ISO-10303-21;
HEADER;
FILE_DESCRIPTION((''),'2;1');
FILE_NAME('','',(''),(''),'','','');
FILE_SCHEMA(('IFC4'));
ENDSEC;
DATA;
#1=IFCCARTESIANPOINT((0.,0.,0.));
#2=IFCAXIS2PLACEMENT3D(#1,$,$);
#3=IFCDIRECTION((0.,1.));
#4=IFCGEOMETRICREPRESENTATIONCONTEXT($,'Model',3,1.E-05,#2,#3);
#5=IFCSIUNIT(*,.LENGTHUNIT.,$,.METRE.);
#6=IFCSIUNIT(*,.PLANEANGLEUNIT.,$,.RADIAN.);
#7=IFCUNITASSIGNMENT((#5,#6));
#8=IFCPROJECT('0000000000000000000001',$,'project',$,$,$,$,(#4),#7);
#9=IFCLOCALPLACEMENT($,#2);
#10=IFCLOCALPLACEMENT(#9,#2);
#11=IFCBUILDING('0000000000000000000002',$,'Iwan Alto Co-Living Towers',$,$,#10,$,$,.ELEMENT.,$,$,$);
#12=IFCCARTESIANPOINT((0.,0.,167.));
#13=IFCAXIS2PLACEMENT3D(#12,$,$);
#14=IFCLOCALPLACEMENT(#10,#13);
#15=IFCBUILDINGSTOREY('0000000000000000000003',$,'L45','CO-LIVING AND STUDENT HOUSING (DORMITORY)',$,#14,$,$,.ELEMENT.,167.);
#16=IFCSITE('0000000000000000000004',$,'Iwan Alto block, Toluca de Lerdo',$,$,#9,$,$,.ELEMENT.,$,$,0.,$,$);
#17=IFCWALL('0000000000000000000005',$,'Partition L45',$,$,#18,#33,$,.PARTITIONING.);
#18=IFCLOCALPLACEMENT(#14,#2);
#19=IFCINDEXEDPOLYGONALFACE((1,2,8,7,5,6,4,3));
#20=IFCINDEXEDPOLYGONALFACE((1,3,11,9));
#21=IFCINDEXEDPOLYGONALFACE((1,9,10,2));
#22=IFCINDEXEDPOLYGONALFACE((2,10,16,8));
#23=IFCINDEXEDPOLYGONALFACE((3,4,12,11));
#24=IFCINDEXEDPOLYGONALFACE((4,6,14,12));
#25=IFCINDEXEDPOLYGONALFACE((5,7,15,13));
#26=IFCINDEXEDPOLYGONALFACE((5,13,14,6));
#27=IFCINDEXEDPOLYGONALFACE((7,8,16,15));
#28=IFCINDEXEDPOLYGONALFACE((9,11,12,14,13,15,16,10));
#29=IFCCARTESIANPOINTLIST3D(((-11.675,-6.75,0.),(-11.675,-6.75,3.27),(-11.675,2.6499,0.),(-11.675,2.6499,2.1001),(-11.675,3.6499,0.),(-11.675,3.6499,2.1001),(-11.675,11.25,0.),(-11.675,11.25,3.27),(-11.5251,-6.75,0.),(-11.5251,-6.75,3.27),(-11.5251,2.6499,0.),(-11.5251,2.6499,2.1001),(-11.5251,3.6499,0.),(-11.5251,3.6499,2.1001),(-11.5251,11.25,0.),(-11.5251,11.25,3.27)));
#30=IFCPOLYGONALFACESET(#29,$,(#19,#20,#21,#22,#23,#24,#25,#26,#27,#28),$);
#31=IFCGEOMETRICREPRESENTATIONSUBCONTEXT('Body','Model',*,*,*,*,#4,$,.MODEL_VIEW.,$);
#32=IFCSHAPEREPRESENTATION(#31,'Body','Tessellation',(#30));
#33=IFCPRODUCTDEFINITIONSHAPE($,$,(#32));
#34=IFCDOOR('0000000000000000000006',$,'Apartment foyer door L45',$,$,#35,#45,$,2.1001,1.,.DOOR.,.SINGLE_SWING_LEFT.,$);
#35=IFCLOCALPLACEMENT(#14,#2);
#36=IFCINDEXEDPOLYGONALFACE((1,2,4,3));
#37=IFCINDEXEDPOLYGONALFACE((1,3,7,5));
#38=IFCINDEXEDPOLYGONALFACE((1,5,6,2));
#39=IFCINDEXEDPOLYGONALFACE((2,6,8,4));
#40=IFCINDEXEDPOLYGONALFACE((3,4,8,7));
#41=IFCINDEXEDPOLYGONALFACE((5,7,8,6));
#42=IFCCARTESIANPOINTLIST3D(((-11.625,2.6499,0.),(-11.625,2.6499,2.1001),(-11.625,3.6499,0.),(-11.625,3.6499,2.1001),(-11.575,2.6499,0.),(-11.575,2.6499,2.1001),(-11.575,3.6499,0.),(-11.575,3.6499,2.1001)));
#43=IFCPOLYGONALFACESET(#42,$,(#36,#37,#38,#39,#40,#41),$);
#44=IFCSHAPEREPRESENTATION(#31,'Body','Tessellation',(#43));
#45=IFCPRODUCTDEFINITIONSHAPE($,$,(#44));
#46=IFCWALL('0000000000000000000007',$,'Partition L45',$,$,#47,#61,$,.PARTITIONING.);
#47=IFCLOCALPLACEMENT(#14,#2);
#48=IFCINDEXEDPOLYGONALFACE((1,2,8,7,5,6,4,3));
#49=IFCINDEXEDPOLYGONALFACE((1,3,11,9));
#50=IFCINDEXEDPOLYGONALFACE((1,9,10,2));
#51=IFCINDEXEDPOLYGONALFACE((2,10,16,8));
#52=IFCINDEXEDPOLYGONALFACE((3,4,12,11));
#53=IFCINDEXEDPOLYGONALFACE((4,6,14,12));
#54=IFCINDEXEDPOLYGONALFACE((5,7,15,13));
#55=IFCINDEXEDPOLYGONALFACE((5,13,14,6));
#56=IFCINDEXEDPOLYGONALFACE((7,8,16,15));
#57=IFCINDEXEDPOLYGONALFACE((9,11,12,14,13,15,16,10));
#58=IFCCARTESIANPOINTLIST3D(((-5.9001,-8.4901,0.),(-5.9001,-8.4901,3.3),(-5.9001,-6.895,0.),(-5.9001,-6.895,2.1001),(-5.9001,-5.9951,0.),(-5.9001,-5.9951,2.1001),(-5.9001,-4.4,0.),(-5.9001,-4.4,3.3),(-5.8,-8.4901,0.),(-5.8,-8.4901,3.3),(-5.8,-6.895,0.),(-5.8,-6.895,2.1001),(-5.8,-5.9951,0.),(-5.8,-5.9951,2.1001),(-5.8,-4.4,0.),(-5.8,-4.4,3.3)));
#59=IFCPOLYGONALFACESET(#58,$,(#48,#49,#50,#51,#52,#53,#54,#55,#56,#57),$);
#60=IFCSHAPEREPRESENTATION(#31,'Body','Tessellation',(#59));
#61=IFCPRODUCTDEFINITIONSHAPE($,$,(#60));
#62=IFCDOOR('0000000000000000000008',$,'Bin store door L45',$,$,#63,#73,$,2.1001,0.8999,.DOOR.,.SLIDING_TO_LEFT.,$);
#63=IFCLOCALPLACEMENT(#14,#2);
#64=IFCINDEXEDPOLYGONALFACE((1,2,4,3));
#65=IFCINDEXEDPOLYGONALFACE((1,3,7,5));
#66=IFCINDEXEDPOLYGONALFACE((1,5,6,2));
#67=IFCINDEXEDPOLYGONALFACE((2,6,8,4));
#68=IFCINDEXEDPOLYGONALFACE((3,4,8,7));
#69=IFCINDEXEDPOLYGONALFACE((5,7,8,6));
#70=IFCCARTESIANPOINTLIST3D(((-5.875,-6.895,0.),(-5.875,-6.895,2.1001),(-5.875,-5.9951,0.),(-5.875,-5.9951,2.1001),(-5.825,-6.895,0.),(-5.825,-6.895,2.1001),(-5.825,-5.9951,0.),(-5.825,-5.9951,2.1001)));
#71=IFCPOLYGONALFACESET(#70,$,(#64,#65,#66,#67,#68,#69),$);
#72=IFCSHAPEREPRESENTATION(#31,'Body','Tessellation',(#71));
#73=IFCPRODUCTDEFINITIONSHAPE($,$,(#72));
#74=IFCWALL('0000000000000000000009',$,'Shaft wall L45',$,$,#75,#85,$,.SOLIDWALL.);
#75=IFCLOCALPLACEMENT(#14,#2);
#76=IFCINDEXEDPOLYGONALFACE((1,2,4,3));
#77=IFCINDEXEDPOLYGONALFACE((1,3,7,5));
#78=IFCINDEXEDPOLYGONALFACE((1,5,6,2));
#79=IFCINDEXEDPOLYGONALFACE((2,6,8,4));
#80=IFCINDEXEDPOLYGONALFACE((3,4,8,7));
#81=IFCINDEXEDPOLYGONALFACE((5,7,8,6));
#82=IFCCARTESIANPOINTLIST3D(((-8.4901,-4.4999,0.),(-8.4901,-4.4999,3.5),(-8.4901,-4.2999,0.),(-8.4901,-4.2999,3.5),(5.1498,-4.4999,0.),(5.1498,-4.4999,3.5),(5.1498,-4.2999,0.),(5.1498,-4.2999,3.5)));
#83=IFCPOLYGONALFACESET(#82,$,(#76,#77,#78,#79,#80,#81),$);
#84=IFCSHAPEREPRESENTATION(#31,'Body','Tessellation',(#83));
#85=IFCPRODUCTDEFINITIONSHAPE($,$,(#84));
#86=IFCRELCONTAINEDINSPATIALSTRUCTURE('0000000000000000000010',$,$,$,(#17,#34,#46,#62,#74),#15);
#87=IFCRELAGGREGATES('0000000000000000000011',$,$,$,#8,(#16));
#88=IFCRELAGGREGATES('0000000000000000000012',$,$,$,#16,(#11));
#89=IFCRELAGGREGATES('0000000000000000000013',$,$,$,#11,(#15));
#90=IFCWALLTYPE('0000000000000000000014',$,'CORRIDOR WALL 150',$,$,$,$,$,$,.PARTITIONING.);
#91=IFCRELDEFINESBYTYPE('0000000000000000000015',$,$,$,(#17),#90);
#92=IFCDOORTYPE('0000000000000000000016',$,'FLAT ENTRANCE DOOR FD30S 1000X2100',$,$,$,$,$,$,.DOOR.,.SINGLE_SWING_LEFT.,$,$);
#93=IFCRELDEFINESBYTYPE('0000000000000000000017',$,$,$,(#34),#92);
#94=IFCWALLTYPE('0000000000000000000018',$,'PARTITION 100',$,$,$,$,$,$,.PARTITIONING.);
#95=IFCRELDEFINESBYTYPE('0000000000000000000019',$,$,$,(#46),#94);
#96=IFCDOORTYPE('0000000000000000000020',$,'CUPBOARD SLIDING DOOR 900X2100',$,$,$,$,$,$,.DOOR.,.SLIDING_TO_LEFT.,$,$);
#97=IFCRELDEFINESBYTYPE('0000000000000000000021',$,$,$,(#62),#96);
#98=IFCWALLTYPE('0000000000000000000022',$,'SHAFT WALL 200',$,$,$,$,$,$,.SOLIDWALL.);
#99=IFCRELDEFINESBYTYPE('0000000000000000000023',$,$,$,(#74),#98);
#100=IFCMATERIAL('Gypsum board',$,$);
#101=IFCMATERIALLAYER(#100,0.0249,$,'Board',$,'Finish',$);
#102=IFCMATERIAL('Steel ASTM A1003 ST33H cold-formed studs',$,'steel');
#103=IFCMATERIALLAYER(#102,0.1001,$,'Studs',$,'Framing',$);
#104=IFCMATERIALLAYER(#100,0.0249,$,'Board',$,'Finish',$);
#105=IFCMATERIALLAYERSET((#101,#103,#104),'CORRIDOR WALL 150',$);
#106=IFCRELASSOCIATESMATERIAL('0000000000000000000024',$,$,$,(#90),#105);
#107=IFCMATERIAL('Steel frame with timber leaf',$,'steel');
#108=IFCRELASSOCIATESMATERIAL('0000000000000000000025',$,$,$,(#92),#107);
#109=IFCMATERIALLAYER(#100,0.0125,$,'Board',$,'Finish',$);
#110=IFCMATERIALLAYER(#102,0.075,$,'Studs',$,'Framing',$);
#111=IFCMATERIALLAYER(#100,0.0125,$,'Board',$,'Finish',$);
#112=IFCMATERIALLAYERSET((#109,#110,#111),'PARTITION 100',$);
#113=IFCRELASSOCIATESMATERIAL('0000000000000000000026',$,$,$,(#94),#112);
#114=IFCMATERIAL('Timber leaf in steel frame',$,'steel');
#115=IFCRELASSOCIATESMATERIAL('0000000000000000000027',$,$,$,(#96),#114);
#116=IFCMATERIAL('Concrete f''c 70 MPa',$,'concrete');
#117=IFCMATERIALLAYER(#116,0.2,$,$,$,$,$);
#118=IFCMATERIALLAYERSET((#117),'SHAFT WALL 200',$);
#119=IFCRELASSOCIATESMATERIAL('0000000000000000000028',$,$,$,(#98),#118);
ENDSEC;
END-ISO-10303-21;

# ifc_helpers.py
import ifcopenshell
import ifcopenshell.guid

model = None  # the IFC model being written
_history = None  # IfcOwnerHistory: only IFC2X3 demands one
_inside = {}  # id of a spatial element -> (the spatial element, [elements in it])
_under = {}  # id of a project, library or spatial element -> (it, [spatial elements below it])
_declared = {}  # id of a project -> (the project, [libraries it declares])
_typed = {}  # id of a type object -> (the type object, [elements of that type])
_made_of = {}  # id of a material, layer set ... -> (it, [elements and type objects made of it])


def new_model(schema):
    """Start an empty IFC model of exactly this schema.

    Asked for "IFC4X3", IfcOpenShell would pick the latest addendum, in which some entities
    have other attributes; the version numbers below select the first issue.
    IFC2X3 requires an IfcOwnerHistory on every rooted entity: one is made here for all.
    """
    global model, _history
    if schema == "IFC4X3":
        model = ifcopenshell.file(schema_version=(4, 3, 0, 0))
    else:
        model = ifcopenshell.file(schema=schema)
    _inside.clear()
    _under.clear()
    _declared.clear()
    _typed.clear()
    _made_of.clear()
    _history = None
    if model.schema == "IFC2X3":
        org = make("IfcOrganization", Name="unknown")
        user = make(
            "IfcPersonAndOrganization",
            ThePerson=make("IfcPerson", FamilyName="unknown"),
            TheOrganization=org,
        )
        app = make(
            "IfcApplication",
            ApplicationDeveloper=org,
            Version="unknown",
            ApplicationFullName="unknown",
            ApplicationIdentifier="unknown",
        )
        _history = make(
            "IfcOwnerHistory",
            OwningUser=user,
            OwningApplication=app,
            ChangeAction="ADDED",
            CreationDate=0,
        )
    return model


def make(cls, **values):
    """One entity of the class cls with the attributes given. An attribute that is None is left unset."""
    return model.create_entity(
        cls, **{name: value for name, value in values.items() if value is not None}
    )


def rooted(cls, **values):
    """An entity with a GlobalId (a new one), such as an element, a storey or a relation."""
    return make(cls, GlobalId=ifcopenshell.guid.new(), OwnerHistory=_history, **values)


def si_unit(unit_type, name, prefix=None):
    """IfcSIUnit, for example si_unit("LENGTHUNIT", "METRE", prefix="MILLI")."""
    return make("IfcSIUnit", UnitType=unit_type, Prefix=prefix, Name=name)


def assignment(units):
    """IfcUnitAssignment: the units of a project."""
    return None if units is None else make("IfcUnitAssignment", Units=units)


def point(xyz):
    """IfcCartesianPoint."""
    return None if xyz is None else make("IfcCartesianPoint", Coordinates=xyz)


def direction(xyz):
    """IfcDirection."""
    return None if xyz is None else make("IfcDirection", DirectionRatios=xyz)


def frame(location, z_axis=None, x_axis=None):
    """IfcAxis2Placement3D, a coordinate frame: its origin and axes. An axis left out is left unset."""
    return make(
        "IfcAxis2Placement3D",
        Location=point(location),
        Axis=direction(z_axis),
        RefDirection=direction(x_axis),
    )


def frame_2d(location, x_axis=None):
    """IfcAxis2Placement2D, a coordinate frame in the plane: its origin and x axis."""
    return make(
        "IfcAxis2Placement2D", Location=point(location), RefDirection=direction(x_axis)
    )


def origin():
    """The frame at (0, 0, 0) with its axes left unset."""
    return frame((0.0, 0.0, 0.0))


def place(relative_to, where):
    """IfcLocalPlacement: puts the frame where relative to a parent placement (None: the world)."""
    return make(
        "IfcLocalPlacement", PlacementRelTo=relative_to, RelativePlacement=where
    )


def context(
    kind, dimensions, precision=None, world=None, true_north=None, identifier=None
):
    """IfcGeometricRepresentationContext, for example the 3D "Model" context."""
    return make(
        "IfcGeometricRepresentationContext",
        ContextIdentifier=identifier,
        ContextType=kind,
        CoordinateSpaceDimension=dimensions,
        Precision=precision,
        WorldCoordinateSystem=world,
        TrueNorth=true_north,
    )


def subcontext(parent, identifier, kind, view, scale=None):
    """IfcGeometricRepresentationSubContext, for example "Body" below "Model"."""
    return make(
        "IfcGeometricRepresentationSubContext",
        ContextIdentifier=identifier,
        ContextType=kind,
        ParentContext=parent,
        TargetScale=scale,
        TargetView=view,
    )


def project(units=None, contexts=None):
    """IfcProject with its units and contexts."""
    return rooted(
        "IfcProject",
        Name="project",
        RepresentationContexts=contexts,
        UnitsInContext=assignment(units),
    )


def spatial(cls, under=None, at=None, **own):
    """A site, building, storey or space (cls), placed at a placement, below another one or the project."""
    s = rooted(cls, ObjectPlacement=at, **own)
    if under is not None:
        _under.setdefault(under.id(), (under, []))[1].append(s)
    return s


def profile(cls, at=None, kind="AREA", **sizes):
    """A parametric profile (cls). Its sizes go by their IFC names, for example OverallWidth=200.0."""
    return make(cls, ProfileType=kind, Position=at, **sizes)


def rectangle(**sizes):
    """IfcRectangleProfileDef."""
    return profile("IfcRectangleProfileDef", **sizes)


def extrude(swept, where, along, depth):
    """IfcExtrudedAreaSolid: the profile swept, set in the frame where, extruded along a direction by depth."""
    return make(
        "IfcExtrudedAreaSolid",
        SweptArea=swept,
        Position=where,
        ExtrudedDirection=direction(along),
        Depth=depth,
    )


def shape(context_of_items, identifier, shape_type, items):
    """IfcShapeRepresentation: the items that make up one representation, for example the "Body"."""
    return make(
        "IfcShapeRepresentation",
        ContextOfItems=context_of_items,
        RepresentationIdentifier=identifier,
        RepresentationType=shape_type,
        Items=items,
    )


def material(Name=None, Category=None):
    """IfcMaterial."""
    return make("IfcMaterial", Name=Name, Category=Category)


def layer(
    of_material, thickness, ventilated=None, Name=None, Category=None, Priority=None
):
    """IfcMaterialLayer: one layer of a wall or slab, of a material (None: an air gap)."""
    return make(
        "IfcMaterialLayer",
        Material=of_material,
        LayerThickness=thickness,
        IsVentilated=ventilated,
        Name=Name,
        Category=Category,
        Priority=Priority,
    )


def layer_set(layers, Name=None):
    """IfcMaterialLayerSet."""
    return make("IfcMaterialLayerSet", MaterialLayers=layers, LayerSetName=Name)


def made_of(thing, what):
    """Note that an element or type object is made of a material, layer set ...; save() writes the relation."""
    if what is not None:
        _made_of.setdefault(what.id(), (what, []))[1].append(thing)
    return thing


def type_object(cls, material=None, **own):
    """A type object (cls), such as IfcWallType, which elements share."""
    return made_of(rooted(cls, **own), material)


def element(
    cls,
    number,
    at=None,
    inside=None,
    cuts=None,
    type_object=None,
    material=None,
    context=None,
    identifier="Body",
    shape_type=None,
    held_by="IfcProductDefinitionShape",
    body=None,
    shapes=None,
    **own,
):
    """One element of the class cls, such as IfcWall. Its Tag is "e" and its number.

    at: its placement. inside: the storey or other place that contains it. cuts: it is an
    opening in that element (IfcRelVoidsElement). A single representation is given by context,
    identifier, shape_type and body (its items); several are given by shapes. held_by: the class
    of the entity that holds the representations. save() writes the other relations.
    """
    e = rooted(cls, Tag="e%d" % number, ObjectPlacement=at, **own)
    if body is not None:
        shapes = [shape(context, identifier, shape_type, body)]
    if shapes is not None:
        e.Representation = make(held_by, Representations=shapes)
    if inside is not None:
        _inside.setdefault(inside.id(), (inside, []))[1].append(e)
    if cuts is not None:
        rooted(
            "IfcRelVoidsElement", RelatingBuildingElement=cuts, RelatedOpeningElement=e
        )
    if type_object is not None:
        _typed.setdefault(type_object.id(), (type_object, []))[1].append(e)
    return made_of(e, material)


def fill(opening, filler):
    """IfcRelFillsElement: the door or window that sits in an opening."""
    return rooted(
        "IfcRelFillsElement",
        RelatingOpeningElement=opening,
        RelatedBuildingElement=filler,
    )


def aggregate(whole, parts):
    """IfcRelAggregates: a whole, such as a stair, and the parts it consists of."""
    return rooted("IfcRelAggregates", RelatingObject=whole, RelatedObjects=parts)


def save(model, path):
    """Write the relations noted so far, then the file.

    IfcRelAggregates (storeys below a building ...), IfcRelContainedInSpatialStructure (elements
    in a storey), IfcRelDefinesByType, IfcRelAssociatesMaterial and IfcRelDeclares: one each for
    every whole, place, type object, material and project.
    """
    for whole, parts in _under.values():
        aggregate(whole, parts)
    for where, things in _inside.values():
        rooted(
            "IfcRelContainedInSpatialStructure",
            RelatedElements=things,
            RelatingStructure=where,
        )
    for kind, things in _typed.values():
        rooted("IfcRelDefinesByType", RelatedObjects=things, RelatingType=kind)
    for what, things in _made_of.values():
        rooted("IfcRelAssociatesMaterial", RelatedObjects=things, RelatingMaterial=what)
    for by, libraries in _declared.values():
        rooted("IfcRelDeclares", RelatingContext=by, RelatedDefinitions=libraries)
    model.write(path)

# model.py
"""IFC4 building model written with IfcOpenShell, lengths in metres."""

from ifc_helpers import new_model, si_unit, direction, frame, frame_2d, origin, place, context, subcontext, project, spatial, rectangle, extrude, material, layer, layer_set, type_object, element, fill, save


model = new_model("IFC4")

# Units and contexts
model_context = context("Model", 3, precision=1e-05, world=origin(), true_north=direction((0.0, 1.0)))
body_context = subcontext(model_context, "Body", "Model", "MODEL_VIEW")
ifc_project = project(units=[si_unit("LENGTHUNIT", "METRE"), si_unit("PLANEANGLEUNIT", "RADIAN")], contexts=[model_context])

# Site, building, storey
site_placement = place(None, origin())
site = spatial("IfcSite", under=ifc_project, at=site_placement, Name="Iwan Alto block, Toluca de Lerdo", CompositionType="ELEMENT", RefElevation=0.0)
building_placement = place(site_placement, origin())
building = spatial("IfcBuilding", under=site, at=building_placement, Name="Iwan Alto Co-Living Towers", CompositionType="ELEMENT")
storey_placement = place(building_placement, frame((0.0, 0.0, 167.0)))
storey = spatial("IfcBuildingStorey", under=building, at=storey_placement, Name="L45", Description="CO-LIVING AND STUDENT HOUSING (DORMITORY)", CompositionType="ELEMENT", Elevation=167.0)

# Walls, openings, doors
ifc_material_1 = material(Name="Gypsum board")
ifc_layer_1 = layer(ifc_material_1, 0.0249, Name="Board", Category="Finish")
ifc_material_2 = material(Name="Steel ASTM A1003 ST33H cold-formed studs", Category="steel")
ifc_layer_2 = layer(ifc_material_2, 0.1001, Name="Studs", Category="Framing")
ifc_layer_3 = layer(ifc_material_1, 0.0249, Name="Board", Category="Finish")
ifc_layer_set_1 = layer_set([ifc_layer_1, ifc_layer_2, ifc_layer_3], Name="CORRIDOR WALL 150")
wall_type_1 = type_object("IfcWallType", Name="CORRIDOR WALL 150", PredefinedType="PARTITIONING", material=ifc_layer_set_1)
wall_1_placement = place(storey_placement, frame((-11.6001, -6.75, 0.0), z_axis=(0.0, 0.0, 1.0), x_axis=(0.0, 1.0, 0.0)))
wall_1 = element("IfcWall", 1, at=wall_1_placement, inside=storey, type_object=wall_type_1, Name="Partition L45", PredefinedType="PARTITIONING", context=body_context, shape_type="SweptSolid", body=[
    extrude(rectangle(XDim=18.0, YDim=0.1499, at=frame_2d((9.0, 0.0))), origin(), (0.0, 0.0, 1.0), 3.27),
])
opening_1_placement = place(wall_1_placement, frame((9.3999, 0.0, 0.0)))
opening_1 = element("IfcOpeningElement", 2, at=opening_1_placement, cuts=wall_1, PredefinedType="OPENING", context=body_context, shape_type="SweptSolid", body=[
    extrude(rectangle(XDim=1.0, YDim=2.1001, at=frame_2d((0.5, 1.05))), frame((0.0, 0.085, 0.0), z_axis=(0.0, -1.0, 0.0), x_axis=(1.0, 0.0, 0.0)), (0.0, 0.0, 1.0), 0.1699),
])
ifc_material_3 = material(Name="Steel frame with timber leaf", Category="steel")
door_type_1 = type_object("IfcDoorType", Name="FLAT ENTRANCE DOOR FD30S 1000X2100", OperationType="SINGLE_SWING_LEFT", PredefinedType="DOOR", material=ifc_material_3)
door_1_placement = place(opening_1_placement, origin())
door_1 = element("IfcDoor", 3, at=door_1_placement, inside=storey, type_object=door_type_1, Name="Apartment foyer door L45", OperationType="SINGLE_SWING_LEFT", OverallHeight=2.1001, OverallWidth=1.0, PredefinedType="DOOR", context=body_context, shape_type="SweptSolid", body=[
    extrude(rectangle(XDim=1.0, YDim=2.1001, at=frame_2d((0.5, 1.05))), frame((0.0, 0.0249, 0.0), z_axis=(0.0, -1.0, 0.0), x_axis=(1.0, 0.0, 0.0)), (0.0, 0.0, 1.0), 0.05),
])
fill(opening_1, door_1)
ifc_layer_4 = layer(ifc_material_1, 0.0125, Name="Board", Category="Finish")
ifc_layer_5 = layer(ifc_material_2, 0.075, Name="Studs", Category="Framing")
ifc_layer_6 = layer(ifc_material_1, 0.0125, Name="Board", Category="Finish")
ifc_layer_set_2 = layer_set([ifc_layer_4, ifc_layer_5, ifc_layer_6], Name="PARTITION 100")
wall_type_2 = type_object("IfcWallType", Name="PARTITION 100", PredefinedType="PARTITIONING", material=ifc_layer_set_2)
wall_2_placement = place(storey_placement, frame((-5.8501, -8.49, 0.0), z_axis=(0.0, 0.0, 1.0), x_axis=(0.0, 1.0, 0.0)))
wall_2 = element("IfcWall", 4, at=wall_2_placement, inside=storey, type_object=wall_type_2, Name="Partition L45", PredefinedType="PARTITIONING", context=body_context, shape_type="SweptSolid", body=[
    extrude(rectangle(XDim=4.0901, YDim=0.1001, at=frame_2d((2.0449, 0.0))), origin(), (0.0, 0.0, 1.0), 3.3),
])
opening_2_placement = place(wall_2_placement, frame((1.595, 0.0, 0.0)))
opening_2 = element("IfcOpeningElement", 5, at=opening_2_placement, cuts=wall_2, PredefinedType="OPENING", context=body_context, shape_type="SweptSolid", body=[
    extrude(rectangle(XDim=0.8999, YDim=2.1001, at=frame_2d((0.45, 1.05))), frame((0.0, 0.0601, 0.0), z_axis=(0.0, -1.0, 0.0), x_axis=(1.0, 0.0, 0.0)), (0.0, 0.0, 1.0), 0.1201),
])
ifc_material_4 = material(Name="Timber leaf in steel frame", Category="steel")
door_type_2 = type_object("IfcDoorType", Name="CUPBOARD SLIDING DOOR 900X2100", OperationType="SLIDING_TO_LEFT", PredefinedType="DOOR", material=ifc_material_4)
door_2_placement = place(opening_2_placement, origin())
door_2 = element("IfcDoor", 6, at=door_2_placement, inside=storey, type_object=door_type_2, Name="Bin store door L45", OperationType="SLIDING_TO_LEFT", OverallHeight=2.1001, OverallWidth=0.8999, PredefinedType="DOOR", context=body_context, shape_type="SweptSolid", body=[
    extrude(rectangle(XDim=0.8999, YDim=2.1001, at=frame_2d((0.45, 1.05))), frame((0.0, 0.0249, 0.0), z_axis=(0.0, -1.0, 0.0), x_axis=(1.0, 0.0, 0.0)), (0.0, 0.0, 1.0), 0.05),
])
fill(opening_2, door_2)

# Wall
ifc_material_5 = material(Name="Concrete f'c 70 MPa", Category="concrete")
ifc_layer_7 = layer(ifc_material_5, 0.2)
ifc_layer_set_3 = layer_set([ifc_layer_7], Name="SHAFT WALL 200")
wall_type_3 = type_object("IfcWallType", Name="SHAFT WALL 200", PredefinedType="SOLIDWALL", material=ifc_layer_set_3)
wall_3_placement = place(storey_placement, frame((-8.49, -4.3999, 0.0), z_axis=(0.0, 0.0, 1.0), x_axis=(1.0, 0.0, 0.0)))
element("IfcWall", 7, at=wall_3_placement, inside=storey, type_object=wall_type_3, Name="Shaft wall L45", PredefinedType="SOLIDWALL", context=body_context, shape_type="SweptSolid", body=[
    extrude(rectangle(XDim=13.6399, YDim=0.2, at=frame_2d((6.8198, 0.0))), origin(), (0.0, 0.0, 1.0), 3.5),
])

save(model, "model.ifc")
